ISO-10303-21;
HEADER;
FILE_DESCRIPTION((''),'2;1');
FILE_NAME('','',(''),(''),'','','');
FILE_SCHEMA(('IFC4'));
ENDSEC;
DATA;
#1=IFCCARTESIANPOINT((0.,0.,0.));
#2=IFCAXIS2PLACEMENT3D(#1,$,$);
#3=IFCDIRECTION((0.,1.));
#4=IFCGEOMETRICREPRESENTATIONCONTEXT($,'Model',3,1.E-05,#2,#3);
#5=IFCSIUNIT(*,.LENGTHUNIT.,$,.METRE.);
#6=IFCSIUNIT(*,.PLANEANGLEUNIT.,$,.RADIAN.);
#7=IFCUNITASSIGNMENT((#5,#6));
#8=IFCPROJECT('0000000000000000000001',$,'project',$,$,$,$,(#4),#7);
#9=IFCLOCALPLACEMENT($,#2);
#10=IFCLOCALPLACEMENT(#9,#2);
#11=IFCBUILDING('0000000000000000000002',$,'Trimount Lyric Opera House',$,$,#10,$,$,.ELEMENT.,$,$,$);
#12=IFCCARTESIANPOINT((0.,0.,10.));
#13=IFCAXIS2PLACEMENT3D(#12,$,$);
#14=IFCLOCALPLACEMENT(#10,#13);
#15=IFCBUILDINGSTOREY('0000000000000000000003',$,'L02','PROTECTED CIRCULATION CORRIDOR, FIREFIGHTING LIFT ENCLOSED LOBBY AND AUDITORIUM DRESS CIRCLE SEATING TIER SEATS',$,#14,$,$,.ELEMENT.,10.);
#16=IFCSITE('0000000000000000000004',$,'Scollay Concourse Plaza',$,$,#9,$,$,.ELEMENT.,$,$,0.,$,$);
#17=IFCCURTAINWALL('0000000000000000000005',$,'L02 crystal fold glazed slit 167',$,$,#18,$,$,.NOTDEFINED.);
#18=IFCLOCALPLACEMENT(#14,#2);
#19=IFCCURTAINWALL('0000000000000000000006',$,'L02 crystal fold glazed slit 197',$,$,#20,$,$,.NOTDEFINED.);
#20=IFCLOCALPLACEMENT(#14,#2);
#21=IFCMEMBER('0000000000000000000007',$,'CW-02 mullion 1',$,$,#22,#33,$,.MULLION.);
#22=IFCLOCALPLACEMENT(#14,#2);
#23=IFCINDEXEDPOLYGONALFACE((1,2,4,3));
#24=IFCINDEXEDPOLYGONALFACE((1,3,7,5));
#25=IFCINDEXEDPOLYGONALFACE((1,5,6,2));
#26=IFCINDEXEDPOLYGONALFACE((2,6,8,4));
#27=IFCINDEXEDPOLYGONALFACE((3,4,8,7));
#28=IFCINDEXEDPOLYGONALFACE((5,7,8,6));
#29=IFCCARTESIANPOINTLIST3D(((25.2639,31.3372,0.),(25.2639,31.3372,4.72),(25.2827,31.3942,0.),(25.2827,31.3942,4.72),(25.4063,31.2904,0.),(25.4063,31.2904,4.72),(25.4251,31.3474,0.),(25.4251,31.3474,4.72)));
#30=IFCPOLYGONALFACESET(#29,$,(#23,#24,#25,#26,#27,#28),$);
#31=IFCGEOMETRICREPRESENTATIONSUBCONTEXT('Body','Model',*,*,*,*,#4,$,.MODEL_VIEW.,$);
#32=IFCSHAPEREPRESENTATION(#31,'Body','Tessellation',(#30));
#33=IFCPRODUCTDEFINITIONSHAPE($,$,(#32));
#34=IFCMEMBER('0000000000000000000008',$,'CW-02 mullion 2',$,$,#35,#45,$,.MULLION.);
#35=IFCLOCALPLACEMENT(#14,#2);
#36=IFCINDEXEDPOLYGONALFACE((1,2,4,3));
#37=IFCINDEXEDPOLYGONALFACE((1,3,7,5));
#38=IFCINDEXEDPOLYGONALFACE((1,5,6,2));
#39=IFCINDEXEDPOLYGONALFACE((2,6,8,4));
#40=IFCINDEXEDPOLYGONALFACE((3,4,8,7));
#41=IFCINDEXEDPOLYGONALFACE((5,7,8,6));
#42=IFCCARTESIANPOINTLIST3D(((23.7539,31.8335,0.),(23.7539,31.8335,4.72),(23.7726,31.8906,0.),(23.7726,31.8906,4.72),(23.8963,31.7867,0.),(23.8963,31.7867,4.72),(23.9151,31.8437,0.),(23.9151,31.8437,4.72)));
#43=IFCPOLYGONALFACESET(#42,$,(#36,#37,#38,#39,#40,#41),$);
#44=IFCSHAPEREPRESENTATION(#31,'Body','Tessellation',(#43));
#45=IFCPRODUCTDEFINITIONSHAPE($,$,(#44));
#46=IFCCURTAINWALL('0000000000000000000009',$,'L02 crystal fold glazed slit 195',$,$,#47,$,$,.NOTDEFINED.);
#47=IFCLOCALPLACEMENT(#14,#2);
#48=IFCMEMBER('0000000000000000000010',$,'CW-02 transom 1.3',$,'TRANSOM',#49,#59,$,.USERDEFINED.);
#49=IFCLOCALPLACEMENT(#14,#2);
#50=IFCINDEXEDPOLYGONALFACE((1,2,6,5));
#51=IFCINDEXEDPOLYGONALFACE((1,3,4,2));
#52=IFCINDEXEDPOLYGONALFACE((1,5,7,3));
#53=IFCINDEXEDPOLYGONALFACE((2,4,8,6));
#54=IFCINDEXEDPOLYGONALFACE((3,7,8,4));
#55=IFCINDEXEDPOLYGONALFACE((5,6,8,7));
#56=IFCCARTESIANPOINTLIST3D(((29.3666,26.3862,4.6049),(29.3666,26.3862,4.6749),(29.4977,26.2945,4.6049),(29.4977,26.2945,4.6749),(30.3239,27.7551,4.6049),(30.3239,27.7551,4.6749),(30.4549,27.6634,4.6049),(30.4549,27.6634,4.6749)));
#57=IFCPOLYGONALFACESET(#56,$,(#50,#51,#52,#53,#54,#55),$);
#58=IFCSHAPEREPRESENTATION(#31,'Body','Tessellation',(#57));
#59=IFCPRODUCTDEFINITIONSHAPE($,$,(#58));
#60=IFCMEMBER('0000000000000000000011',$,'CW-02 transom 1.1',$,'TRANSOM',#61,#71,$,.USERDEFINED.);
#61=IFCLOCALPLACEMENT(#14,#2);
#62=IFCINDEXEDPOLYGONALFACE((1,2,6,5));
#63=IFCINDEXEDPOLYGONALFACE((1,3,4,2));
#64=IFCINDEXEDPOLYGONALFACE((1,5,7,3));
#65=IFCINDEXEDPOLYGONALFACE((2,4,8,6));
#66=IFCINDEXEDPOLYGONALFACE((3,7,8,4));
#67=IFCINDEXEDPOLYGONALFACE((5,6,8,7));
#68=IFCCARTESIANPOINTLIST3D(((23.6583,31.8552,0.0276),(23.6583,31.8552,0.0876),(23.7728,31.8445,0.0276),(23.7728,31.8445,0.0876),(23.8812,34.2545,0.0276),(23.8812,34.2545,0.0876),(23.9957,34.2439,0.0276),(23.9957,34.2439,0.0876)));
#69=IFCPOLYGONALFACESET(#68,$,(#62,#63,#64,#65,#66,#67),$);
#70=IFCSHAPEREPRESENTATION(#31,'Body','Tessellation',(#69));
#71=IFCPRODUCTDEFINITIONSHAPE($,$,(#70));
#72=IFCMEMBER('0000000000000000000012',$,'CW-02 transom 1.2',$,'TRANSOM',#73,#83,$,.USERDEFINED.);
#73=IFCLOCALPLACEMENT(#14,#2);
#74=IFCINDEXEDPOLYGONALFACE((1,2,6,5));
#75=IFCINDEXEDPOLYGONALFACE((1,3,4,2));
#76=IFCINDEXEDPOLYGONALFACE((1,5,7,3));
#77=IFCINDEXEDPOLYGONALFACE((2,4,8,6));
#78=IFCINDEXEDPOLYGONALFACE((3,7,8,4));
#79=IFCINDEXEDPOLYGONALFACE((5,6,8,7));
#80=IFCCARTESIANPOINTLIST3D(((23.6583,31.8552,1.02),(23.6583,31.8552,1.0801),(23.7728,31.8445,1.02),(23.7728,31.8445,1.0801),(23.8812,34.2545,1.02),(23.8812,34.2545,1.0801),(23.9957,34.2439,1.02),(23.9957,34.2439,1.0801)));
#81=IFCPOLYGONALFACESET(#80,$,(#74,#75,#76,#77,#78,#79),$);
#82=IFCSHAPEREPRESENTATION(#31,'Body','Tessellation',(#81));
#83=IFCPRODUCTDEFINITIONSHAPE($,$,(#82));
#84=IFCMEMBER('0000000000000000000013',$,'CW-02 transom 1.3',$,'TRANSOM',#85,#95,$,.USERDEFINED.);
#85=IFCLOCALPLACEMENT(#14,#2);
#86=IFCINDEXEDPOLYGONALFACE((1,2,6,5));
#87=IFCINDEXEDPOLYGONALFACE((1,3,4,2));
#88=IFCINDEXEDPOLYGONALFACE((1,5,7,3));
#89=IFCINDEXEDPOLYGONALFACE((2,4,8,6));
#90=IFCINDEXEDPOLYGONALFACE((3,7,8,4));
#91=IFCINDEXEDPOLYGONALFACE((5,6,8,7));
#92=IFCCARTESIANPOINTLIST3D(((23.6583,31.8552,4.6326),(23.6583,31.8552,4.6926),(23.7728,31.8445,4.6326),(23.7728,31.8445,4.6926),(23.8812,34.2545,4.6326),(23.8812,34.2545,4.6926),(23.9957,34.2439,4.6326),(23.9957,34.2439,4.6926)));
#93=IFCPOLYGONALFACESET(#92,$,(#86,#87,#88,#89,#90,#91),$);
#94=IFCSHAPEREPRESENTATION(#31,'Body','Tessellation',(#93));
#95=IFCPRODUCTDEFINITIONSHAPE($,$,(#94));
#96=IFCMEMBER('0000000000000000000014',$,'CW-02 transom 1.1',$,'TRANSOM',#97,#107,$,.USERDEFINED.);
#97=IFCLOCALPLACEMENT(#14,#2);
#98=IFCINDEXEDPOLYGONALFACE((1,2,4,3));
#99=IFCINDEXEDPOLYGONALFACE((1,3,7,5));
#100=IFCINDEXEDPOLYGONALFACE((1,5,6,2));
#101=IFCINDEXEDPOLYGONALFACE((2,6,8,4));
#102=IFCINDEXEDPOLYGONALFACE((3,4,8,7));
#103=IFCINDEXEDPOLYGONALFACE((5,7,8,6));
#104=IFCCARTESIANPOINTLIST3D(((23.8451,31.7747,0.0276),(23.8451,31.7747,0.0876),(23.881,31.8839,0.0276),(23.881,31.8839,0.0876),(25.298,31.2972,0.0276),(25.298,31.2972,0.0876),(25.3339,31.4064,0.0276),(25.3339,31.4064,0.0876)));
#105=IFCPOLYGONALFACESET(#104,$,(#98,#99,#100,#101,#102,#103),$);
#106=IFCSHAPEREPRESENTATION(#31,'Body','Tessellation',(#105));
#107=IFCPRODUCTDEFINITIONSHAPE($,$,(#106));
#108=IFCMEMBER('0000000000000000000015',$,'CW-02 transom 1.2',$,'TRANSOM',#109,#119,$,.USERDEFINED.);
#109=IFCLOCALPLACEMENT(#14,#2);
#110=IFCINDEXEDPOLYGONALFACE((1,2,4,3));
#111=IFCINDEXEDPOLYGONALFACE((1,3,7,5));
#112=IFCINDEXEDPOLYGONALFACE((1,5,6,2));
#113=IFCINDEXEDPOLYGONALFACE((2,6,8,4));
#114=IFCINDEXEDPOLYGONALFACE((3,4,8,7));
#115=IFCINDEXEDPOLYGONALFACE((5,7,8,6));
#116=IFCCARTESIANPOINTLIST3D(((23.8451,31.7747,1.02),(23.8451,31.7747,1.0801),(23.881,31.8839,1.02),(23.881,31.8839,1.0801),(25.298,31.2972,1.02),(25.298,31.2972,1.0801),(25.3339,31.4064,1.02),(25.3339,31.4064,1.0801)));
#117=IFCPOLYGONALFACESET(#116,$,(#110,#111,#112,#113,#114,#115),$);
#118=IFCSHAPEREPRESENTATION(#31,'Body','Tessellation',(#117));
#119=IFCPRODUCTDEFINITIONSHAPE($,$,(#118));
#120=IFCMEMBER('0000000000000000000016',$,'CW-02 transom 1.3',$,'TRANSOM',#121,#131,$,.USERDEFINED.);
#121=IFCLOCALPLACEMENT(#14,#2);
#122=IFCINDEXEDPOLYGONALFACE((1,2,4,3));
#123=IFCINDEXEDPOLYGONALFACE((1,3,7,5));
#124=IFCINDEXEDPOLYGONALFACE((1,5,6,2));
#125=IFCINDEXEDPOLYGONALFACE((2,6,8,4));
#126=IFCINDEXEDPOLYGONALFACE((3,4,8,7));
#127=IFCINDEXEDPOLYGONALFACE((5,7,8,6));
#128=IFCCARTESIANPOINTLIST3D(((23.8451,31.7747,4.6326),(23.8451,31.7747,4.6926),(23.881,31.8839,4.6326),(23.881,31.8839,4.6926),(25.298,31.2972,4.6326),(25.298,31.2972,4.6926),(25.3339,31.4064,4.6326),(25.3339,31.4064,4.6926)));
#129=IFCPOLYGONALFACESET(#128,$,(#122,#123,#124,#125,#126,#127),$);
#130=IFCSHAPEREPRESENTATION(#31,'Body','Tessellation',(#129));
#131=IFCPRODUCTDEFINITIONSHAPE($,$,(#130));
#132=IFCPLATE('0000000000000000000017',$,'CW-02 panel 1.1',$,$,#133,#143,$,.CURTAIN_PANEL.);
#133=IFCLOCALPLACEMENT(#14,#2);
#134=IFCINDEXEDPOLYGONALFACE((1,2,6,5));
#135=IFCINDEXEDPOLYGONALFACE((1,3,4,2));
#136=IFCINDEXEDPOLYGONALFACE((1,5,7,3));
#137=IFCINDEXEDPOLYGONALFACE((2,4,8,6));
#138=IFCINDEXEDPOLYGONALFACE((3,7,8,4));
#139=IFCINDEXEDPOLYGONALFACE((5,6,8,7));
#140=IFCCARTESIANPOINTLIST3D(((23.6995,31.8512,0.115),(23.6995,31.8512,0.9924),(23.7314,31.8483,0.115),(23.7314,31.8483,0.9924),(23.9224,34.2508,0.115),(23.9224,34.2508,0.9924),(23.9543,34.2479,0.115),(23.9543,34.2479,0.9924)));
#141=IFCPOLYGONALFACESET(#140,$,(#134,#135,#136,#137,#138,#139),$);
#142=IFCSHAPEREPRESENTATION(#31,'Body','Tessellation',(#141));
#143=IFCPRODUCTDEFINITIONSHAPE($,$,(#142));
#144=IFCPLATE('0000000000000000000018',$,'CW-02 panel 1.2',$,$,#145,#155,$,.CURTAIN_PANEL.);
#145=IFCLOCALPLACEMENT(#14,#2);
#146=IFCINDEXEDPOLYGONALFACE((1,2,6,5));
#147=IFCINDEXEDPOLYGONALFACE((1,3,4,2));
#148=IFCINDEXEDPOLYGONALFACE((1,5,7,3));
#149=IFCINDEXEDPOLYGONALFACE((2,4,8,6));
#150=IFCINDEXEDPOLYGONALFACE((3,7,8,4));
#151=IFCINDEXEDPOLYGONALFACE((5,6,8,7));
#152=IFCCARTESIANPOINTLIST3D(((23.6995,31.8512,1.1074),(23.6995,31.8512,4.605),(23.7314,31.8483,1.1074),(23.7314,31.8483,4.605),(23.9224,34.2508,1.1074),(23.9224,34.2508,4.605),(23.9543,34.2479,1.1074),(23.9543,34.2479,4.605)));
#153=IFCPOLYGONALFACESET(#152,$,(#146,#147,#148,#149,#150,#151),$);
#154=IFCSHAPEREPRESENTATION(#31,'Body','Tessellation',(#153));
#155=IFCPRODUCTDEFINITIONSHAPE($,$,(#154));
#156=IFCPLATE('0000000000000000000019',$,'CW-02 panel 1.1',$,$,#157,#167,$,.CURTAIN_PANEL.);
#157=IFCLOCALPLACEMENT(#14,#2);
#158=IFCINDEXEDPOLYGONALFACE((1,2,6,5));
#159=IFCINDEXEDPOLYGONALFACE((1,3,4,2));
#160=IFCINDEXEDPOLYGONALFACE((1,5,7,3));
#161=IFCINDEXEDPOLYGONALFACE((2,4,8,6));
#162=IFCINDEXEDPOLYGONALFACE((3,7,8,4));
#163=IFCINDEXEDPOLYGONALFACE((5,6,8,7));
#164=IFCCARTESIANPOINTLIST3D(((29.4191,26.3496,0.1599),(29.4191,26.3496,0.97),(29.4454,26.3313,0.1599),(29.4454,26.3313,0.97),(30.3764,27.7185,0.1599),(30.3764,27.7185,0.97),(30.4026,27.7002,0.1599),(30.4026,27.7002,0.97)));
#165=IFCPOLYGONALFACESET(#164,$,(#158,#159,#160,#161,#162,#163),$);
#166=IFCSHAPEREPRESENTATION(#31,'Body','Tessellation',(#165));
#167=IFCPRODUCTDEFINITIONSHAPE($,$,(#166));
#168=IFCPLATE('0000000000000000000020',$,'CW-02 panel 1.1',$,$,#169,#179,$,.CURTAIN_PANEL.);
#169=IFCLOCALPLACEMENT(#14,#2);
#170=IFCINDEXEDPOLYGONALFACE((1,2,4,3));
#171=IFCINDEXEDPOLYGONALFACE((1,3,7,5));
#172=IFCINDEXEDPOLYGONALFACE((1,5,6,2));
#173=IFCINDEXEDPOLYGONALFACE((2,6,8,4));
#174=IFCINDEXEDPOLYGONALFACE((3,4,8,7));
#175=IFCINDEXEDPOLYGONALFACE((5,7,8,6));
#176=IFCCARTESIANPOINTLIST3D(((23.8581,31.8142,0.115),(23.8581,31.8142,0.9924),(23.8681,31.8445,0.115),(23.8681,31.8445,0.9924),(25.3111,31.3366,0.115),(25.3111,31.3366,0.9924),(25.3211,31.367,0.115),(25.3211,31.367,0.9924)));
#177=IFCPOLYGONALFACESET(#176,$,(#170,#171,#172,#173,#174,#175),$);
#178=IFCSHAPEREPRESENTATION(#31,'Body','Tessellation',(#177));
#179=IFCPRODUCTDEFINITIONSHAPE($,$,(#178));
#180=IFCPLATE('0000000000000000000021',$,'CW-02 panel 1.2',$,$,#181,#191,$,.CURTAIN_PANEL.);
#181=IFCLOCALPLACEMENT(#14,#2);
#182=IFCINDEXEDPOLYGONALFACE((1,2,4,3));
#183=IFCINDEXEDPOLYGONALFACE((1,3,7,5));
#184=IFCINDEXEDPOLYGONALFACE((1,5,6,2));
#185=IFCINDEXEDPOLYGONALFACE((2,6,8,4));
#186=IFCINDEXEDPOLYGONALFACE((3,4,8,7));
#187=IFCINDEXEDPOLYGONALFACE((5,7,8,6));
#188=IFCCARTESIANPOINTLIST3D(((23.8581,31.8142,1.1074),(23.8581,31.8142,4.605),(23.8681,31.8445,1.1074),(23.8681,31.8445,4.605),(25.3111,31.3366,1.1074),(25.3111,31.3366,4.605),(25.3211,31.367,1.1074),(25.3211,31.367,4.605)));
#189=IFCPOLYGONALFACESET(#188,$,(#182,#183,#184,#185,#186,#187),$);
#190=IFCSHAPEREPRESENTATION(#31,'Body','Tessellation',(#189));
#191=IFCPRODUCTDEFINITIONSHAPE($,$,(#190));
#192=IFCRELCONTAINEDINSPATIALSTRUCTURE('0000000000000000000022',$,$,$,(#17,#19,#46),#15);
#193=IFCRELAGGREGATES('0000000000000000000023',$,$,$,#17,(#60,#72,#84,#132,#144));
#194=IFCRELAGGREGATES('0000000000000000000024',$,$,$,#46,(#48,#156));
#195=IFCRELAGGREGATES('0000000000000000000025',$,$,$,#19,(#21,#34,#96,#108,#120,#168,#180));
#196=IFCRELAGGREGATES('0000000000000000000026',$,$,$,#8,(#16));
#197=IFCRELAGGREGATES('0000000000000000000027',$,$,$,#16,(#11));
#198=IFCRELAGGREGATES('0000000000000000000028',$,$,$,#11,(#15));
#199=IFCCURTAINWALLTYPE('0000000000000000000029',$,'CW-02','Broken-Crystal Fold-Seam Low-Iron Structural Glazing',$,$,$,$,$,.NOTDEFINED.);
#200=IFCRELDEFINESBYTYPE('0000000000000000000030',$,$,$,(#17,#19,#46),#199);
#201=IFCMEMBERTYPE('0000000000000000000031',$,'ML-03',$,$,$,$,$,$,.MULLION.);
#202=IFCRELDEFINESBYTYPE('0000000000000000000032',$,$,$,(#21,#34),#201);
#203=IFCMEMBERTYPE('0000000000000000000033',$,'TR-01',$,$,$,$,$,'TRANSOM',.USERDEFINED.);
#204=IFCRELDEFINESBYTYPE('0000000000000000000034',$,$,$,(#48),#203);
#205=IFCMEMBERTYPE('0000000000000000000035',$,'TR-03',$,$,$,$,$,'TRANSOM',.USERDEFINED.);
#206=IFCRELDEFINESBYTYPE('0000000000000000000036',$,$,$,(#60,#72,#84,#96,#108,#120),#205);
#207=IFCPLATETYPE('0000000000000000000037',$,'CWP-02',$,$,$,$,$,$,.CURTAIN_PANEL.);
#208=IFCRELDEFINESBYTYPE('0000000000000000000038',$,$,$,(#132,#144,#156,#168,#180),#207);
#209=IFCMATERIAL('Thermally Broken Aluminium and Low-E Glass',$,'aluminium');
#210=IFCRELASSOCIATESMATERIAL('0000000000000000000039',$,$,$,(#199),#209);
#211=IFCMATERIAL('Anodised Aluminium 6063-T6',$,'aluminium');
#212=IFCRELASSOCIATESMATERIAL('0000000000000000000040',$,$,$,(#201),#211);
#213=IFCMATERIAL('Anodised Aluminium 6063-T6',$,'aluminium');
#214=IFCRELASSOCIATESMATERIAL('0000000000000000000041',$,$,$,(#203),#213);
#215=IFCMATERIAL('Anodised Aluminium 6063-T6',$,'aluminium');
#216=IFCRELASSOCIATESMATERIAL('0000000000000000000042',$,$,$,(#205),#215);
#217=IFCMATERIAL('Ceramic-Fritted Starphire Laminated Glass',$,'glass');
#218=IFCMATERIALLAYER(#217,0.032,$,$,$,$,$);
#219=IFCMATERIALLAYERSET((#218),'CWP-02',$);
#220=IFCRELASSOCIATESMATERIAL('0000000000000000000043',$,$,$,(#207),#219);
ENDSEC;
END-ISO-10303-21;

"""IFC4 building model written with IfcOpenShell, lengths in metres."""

from ifc_helpers import new_model, si_unit, direction, frame, origin, origin_2d, place, context, subcontext, project, spatial, rectangle, extrude, material, layer, layer_set, material_profile, profile_set, type_object, element, aggregate, save


model = new_model("IFC4")

# Units and contexts
model_context = context("Model", 3, precision=1e-05, world=origin(), true_north=direction((0.0, 1.0)))
body_context = subcontext(model_context, "Body", "Model", "MODEL_VIEW")
ifc_project = project(units=[si_unit("LENGTHUNIT", "METRE"), si_unit("PLANEANGLEUNIT", "RADIAN")], contexts=[model_context])

# Site, building, storey
site_placement = place(None, origin())
site = spatial("IfcSite", under=ifc_project, at=site_placement, Name="Scollay Concourse Plaza", CompositionType="ELEMENT", RefElevation=0.0)
building_placement = place(site_placement, origin())
building = spatial("IfcBuilding", under=site, at=building_placement, Name="Trimount Lyric Opera House", CompositionType="ELEMENT")
storey_placement = place(building_placement, frame((0.0, 0.0, 10.0)))
storey = spatial("IfcBuildingStorey", under=building, at=storey_placement, Name="L02", Description="PROTECTED CIRCULATION CORRIDOR, FIREFIGHTING LIFT ENCLOSED LOBBY AND AUDITORIUM DRESS CIRCLE SEATING TIER SEATS", CompositionType="ELEMENT", Elevation=10.0)

# Shared definitions
ifc_material_1 = material(Name="Thermally Broken Aluminium and Low-E Glass", Category="aluminium")
curtain_wall_type = type_object("IfcCurtainWallType", Name="CW-02", Description="Broken-Crystal Fold-Seam Low-Iron Structural Glazing", PredefinedType="NOTDEFINED", material=ifc_material_1)

# Curtain walls, members
curtain_wall_1_placement = place(storey_placement, origin())
curtain_wall_1 = element("IfcCurtainWall", 1, at=curtain_wall_1_placement, inside=storey, type_object=curtain_wall_type, Name="L02 crystal fold glazed slit 167", PredefinedType="NOTDEFINED")
ifc_material_2 = material(Name="Anodised Aluminium 6063-T6", Category="aluminium")
ifc_material_profile_1 = material_profile(ifc_material_2, rectangle(XDim=0.0601, YDim=0.1499, at=origin_2d()), Name="ALU-MULL-60X150")
ifc_profile_set_1 = profile_set([ifc_material_profile_1], Name="Anodised Aluminium 6063-T6")
member_type_1 = type_object("IfcMemberType", Name="ML-03", PredefinedType="MULLION", material=ifc_profile_set_1)
curtain_wall_2_placement = place(storey_placement, origin())
curtain_wall_2 = element("IfcCurtainWall", 2, at=curtain_wall_2_placement, inside=storey, type_object=curtain_wall_type, Name="L02 crystal fold glazed slit 197", PredefinedType="NOTDEFINED")
member_1_placement = place(storey_placement, frame((25.3445, 31.3423, 0.0), z_axis=(0.0, 0.0, 1.0), x_axis=(-0.312224, -0.950009, 0.0)))
member_1 = element("IfcMember", 3, at=member_1_placement, type_object=member_type_1, Name="CW-02 mullion 1", PredefinedType="MULLION", context=body_context, shape_type="SweptSolid", body=[
    extrude(rectangle(XDim=0.0601, YDim=0.1499, at=origin_2d()), origin(), (0.0, 0.0, 1.0), 4.72),
])
member_2_placement = place(storey_placement, frame((23.8345, 31.8386, 0.0), z_axis=(0.0, 0.0, 1.0), x_axis=(-0.312224, -0.950009, 0.0)))
member_2 = element("IfcMember", 4, at=member_2_placement, type_object=member_type_1, Name="CW-02 mullion 2", PredefinedType="MULLION", context=body_context, shape_type="SweptSolid", body=[
    extrude(rectangle(XDim=0.0601, YDim=0.1499, at=origin_2d()), origin(), (0.0, 0.0, 1.0), 4.72),
])

# Curtain wall, member
curtain_wall_3_placement = place(storey_placement, origin())
curtain_wall_3 = element("IfcCurtainWall", 5, at=curtain_wall_3_placement, inside=storey, type_object=curtain_wall_type, Name="L02 crystal fold glazed slit 195", PredefinedType="NOTDEFINED")
ifc_material_3 = material(Name="Anodised Aluminium 6063-T6", Category="aluminium")
ifc_material_profile_2 = material_profile(ifc_material_3, rectangle(XDim=0.1599, YDim=0.0701, at=origin_2d()), Name="ALU-TRAN-70X160")
ifc_profile_set_2 = profile_set([ifc_material_profile_2], Name="Anodised Aluminium 6063-T6")
member_type_2 = type_object("IfcMemberType", Name="TR-01", ElementType="TRANSOM", PredefinedType="USERDEFINED", material=ifc_profile_set_2)
member_3_placement = place(storey_placement, frame((29.4321, 26.3403, 4.6399), z_axis=(0.57308, 0.8195, 0.0), x_axis=(-0.8195, 0.57308, 0.0)))
member_3 = element("IfcMember", 6, at=member_3_placement, type_object=member_type_2, Name="CW-02 transom 1.3", ObjectType="TRANSOM", PredefinedType="USERDEFINED", context=body_context, shape_type="SweptSolid", body=[
    extrude(rectangle(XDim=0.1599, YDim=0.0701, at=origin_2d()), origin(), (0.0, 0.0, 1.0), 1.6704),
])

# Members
ifc_material_4 = material(Name="Anodised Aluminium 6063-T6", Category="aluminium")
ifc_material_profile_3 = material_profile(ifc_material_4, rectangle(XDim=0.115, YDim=0.0601, at=origin_2d()), Name="ALU-TRAN-60X115")
ifc_profile_set_3 = profile_set([ifc_material_profile_3], Name="Anodised Aluminium 6063-T6")
member_type_3 = type_object("IfcMemberType", Name="TR-03", ElementType="TRANSOM", PredefinedType="USERDEFINED", material=ifc_profile_set_3)
member_4_placement = place(storey_placement, frame((23.7156, 31.8499, 0.0576), z_axis=(0.0925, 0.995713, 0.0), x_axis=(-0.995713, 0.0925, 0.0)))
member_4 = element("IfcMember", 7, at=member_4_placement, type_object=member_type_3, Name="CW-02 transom 1.1", ObjectType="TRANSOM", PredefinedType="USERDEFINED", context=body_context, shape_type="SweptSolid", body=[
    extrude(rectangle(XDim=0.115, YDim=0.0601, at=origin_2d()), origin(), (0.0, 0.0, 1.0), 2.4097),
])
member_5_placement = place(storey_placement, frame((23.7156, 31.8499, 1.05), z_axis=(0.0925, 0.995713, 0.0), x_axis=(-0.995713, 0.0925, 0.0)))
member_5 = element("IfcMember", 8, at=member_5_placement, type_object=member_type_3, Name="CW-02 transom 1.2", ObjectType="TRANSOM", PredefinedType="USERDEFINED", context=body_context, shape_type="SweptSolid", body=[
    extrude(rectangle(XDim=0.115, YDim=0.0601, at=origin_2d()), origin(), (0.0, 0.0, 1.0), 2.4097),
])
member_6_placement = place(storey_placement, frame((23.7156, 31.8499, 4.6626), z_axis=(0.0925, 0.995713, 0.0), x_axis=(-0.995713, 0.0925, 0.0)))
member_6 = element("IfcMember", 9, at=member_6_placement, type_object=member_type_3, Name="CW-02 transom 1.3", ObjectType="TRANSOM", PredefinedType="USERDEFINED", context=body_context, shape_type="SweptSolid", body=[
    extrude(rectangle(XDim=0.115, YDim=0.0601, at=origin_2d()), origin(), (0.0, 0.0, 1.0), 2.4097),
])
member_7_placement = place(storey_placement, frame((25.3159, 31.3518, 0.0576), z_axis=(-0.95, 0.31225, 0.0), x_axis=(-0.31225, -0.95, 0.0)))
member_7 = element("IfcMember", 10, at=member_7_placement, type_object=member_type_3, Name="CW-02 transom 1.1", ObjectType="TRANSOM", PredefinedType="USERDEFINED", context=body_context, shape_type="SweptSolid", body=[
    extrude(rectangle(XDim=0.115, YDim=0.0601, at=origin_2d()), origin(), (0.0, 0.0, 1.0), 1.5293),
])
member_8_placement = place(storey_placement, frame((25.3159, 31.3518, 1.05), z_axis=(-0.95, 0.31225, 0.0), x_axis=(-0.31225, -0.95, 0.0)))
member_8 = element("IfcMember", 11, at=member_8_placement, type_object=member_type_3, Name="CW-02 transom 1.2", ObjectType="TRANSOM", PredefinedType="USERDEFINED", context=body_context, shape_type="SweptSolid", body=[
    extrude(rectangle(XDim=0.115, YDim=0.0601, at=origin_2d()), origin(), (0.0, 0.0, 1.0), 1.5293),
])
member_9_placement = place(storey_placement, frame((25.3159, 31.3518, 4.6626), z_axis=(-0.95, 0.31225, 0.0), x_axis=(-0.31225, -0.95, 0.0)))
member_9 = element("IfcMember", 12, at=member_9_placement, type_object=member_type_3, Name="CW-02 transom 1.3", ObjectType="TRANSOM", PredefinedType="USERDEFINED", context=body_context, shape_type="SweptSolid", body=[
    extrude(rectangle(XDim=0.115, YDim=0.0601, at=origin_2d()), origin(), (0.0, 0.0, 1.0), 1.5293),
])

# Plates
ifc_material_5 = material(Name="Ceramic-Fritted Starphire Laminated Glass", Category="glass")
ifc_layer_1 = layer(ifc_material_5, 0.032)
ifc_layer_set_1 = layer_set([ifc_layer_1], Name="CWP-02")
plate_type = type_object("IfcPlateType", Name="CWP-02", PredefinedType="CURTAIN_PANEL", material=ifc_layer_set_1)
plate_1_placement = place(storey_placement, frame((23.8269, 33.0496, 0.115), z_axis=(0.0, 0.0, 1.0), x_axis=(0.092496, 0.995713, 0.0)))
plate_1 = element("IfcPlate", 13, at=plate_1_placement, type_object=plate_type, Name="CW-02 panel 1.1", PredefinedType="CURTAIN_PANEL", context=body_context, shape_type="SweptSolid", body=[
    extrude(rectangle(XDim=2.4099, YDim=0.032, at=origin_2d()), origin(), (0.0, 0.0, 1.0), 0.8774),
])
plate_2_placement = place(storey_placement, frame((23.8269, 33.0496, 1.1074), z_axis=(0.0, 0.0, 1.0), x_axis=(0.092496, 0.995713, 0.0)))
plate_2 = element("IfcPlate", 14, at=plate_2_placement, type_object=plate_type, Name="CW-02 panel 1.2", PredefinedType="CURTAIN_PANEL", context=body_context, shape_type="SweptSolid", body=[
    extrude(rectangle(XDim=2.4099, YDim=0.032, at=origin_2d()), origin(), (0.0, 0.0, 1.0), 3.4976),
])
aggregate(curtain_wall_1, [member_4, member_5, member_6, plate_1, plate_2])
plate_3_placement = place(storey_placement, frame((29.9109, 27.0249, 0.1599), z_axis=(0.0, 0.0, 1.0), x_axis=(0.573084, 0.819496, 0.0)))
plate_3 = element("IfcPlate", 15, at=plate_3_placement, type_object=plate_type, Name="CW-02 panel 1.1", PredefinedType="CURTAIN_PANEL", context=body_context, shape_type="SweptSolid", body=[
    extrude(rectangle(XDim=1.6704, YDim=0.032, at=origin_2d()), origin(), (0.0, 0.0, 1.0), 0.8101),
])
aggregate(curtain_wall_3, [member_3, plate_3])
plate_4_placement = place(storey_placement, frame((24.5896, 31.5906, 0.115), z_axis=(0.0, 0.0, 1.0), x_axis=(-0.950009, 0.312224, 0.0)))
plate_4 = element("IfcPlate", 16, at=plate_4_placement, type_object=plate_type, Name="CW-02 panel 1.1", PredefinedType="CURTAIN_PANEL", context=body_context, shape_type="SweptSolid", body=[
    extrude(rectangle(XDim=1.5295, YDim=0.032, at=origin_2d()), origin(), (0.0, 0.0, 1.0), 0.8774),
])
plate_5_placement = place(storey_placement, frame((24.5896, 31.5906, 1.1074), z_axis=(0.0, 0.0, 1.0), x_axis=(-0.950009, 0.312224, 0.0)))
plate_5 = element("IfcPlate", 17, at=plate_5_placement, type_object=plate_type, Name="CW-02 panel 1.2", PredefinedType="CURTAIN_PANEL", context=body_context, shape_type="SweptSolid", body=[
    extrude(rectangle(XDim=1.5295, YDim=0.032, at=origin_2d()), origin(), (0.0, 0.0, 1.0), 3.4976),
])
aggregate(curtain_wall_2, [member_1, member_2, member_7, member_8, member_9, plate_4, plate_5])

save(model, "model.ifc")
